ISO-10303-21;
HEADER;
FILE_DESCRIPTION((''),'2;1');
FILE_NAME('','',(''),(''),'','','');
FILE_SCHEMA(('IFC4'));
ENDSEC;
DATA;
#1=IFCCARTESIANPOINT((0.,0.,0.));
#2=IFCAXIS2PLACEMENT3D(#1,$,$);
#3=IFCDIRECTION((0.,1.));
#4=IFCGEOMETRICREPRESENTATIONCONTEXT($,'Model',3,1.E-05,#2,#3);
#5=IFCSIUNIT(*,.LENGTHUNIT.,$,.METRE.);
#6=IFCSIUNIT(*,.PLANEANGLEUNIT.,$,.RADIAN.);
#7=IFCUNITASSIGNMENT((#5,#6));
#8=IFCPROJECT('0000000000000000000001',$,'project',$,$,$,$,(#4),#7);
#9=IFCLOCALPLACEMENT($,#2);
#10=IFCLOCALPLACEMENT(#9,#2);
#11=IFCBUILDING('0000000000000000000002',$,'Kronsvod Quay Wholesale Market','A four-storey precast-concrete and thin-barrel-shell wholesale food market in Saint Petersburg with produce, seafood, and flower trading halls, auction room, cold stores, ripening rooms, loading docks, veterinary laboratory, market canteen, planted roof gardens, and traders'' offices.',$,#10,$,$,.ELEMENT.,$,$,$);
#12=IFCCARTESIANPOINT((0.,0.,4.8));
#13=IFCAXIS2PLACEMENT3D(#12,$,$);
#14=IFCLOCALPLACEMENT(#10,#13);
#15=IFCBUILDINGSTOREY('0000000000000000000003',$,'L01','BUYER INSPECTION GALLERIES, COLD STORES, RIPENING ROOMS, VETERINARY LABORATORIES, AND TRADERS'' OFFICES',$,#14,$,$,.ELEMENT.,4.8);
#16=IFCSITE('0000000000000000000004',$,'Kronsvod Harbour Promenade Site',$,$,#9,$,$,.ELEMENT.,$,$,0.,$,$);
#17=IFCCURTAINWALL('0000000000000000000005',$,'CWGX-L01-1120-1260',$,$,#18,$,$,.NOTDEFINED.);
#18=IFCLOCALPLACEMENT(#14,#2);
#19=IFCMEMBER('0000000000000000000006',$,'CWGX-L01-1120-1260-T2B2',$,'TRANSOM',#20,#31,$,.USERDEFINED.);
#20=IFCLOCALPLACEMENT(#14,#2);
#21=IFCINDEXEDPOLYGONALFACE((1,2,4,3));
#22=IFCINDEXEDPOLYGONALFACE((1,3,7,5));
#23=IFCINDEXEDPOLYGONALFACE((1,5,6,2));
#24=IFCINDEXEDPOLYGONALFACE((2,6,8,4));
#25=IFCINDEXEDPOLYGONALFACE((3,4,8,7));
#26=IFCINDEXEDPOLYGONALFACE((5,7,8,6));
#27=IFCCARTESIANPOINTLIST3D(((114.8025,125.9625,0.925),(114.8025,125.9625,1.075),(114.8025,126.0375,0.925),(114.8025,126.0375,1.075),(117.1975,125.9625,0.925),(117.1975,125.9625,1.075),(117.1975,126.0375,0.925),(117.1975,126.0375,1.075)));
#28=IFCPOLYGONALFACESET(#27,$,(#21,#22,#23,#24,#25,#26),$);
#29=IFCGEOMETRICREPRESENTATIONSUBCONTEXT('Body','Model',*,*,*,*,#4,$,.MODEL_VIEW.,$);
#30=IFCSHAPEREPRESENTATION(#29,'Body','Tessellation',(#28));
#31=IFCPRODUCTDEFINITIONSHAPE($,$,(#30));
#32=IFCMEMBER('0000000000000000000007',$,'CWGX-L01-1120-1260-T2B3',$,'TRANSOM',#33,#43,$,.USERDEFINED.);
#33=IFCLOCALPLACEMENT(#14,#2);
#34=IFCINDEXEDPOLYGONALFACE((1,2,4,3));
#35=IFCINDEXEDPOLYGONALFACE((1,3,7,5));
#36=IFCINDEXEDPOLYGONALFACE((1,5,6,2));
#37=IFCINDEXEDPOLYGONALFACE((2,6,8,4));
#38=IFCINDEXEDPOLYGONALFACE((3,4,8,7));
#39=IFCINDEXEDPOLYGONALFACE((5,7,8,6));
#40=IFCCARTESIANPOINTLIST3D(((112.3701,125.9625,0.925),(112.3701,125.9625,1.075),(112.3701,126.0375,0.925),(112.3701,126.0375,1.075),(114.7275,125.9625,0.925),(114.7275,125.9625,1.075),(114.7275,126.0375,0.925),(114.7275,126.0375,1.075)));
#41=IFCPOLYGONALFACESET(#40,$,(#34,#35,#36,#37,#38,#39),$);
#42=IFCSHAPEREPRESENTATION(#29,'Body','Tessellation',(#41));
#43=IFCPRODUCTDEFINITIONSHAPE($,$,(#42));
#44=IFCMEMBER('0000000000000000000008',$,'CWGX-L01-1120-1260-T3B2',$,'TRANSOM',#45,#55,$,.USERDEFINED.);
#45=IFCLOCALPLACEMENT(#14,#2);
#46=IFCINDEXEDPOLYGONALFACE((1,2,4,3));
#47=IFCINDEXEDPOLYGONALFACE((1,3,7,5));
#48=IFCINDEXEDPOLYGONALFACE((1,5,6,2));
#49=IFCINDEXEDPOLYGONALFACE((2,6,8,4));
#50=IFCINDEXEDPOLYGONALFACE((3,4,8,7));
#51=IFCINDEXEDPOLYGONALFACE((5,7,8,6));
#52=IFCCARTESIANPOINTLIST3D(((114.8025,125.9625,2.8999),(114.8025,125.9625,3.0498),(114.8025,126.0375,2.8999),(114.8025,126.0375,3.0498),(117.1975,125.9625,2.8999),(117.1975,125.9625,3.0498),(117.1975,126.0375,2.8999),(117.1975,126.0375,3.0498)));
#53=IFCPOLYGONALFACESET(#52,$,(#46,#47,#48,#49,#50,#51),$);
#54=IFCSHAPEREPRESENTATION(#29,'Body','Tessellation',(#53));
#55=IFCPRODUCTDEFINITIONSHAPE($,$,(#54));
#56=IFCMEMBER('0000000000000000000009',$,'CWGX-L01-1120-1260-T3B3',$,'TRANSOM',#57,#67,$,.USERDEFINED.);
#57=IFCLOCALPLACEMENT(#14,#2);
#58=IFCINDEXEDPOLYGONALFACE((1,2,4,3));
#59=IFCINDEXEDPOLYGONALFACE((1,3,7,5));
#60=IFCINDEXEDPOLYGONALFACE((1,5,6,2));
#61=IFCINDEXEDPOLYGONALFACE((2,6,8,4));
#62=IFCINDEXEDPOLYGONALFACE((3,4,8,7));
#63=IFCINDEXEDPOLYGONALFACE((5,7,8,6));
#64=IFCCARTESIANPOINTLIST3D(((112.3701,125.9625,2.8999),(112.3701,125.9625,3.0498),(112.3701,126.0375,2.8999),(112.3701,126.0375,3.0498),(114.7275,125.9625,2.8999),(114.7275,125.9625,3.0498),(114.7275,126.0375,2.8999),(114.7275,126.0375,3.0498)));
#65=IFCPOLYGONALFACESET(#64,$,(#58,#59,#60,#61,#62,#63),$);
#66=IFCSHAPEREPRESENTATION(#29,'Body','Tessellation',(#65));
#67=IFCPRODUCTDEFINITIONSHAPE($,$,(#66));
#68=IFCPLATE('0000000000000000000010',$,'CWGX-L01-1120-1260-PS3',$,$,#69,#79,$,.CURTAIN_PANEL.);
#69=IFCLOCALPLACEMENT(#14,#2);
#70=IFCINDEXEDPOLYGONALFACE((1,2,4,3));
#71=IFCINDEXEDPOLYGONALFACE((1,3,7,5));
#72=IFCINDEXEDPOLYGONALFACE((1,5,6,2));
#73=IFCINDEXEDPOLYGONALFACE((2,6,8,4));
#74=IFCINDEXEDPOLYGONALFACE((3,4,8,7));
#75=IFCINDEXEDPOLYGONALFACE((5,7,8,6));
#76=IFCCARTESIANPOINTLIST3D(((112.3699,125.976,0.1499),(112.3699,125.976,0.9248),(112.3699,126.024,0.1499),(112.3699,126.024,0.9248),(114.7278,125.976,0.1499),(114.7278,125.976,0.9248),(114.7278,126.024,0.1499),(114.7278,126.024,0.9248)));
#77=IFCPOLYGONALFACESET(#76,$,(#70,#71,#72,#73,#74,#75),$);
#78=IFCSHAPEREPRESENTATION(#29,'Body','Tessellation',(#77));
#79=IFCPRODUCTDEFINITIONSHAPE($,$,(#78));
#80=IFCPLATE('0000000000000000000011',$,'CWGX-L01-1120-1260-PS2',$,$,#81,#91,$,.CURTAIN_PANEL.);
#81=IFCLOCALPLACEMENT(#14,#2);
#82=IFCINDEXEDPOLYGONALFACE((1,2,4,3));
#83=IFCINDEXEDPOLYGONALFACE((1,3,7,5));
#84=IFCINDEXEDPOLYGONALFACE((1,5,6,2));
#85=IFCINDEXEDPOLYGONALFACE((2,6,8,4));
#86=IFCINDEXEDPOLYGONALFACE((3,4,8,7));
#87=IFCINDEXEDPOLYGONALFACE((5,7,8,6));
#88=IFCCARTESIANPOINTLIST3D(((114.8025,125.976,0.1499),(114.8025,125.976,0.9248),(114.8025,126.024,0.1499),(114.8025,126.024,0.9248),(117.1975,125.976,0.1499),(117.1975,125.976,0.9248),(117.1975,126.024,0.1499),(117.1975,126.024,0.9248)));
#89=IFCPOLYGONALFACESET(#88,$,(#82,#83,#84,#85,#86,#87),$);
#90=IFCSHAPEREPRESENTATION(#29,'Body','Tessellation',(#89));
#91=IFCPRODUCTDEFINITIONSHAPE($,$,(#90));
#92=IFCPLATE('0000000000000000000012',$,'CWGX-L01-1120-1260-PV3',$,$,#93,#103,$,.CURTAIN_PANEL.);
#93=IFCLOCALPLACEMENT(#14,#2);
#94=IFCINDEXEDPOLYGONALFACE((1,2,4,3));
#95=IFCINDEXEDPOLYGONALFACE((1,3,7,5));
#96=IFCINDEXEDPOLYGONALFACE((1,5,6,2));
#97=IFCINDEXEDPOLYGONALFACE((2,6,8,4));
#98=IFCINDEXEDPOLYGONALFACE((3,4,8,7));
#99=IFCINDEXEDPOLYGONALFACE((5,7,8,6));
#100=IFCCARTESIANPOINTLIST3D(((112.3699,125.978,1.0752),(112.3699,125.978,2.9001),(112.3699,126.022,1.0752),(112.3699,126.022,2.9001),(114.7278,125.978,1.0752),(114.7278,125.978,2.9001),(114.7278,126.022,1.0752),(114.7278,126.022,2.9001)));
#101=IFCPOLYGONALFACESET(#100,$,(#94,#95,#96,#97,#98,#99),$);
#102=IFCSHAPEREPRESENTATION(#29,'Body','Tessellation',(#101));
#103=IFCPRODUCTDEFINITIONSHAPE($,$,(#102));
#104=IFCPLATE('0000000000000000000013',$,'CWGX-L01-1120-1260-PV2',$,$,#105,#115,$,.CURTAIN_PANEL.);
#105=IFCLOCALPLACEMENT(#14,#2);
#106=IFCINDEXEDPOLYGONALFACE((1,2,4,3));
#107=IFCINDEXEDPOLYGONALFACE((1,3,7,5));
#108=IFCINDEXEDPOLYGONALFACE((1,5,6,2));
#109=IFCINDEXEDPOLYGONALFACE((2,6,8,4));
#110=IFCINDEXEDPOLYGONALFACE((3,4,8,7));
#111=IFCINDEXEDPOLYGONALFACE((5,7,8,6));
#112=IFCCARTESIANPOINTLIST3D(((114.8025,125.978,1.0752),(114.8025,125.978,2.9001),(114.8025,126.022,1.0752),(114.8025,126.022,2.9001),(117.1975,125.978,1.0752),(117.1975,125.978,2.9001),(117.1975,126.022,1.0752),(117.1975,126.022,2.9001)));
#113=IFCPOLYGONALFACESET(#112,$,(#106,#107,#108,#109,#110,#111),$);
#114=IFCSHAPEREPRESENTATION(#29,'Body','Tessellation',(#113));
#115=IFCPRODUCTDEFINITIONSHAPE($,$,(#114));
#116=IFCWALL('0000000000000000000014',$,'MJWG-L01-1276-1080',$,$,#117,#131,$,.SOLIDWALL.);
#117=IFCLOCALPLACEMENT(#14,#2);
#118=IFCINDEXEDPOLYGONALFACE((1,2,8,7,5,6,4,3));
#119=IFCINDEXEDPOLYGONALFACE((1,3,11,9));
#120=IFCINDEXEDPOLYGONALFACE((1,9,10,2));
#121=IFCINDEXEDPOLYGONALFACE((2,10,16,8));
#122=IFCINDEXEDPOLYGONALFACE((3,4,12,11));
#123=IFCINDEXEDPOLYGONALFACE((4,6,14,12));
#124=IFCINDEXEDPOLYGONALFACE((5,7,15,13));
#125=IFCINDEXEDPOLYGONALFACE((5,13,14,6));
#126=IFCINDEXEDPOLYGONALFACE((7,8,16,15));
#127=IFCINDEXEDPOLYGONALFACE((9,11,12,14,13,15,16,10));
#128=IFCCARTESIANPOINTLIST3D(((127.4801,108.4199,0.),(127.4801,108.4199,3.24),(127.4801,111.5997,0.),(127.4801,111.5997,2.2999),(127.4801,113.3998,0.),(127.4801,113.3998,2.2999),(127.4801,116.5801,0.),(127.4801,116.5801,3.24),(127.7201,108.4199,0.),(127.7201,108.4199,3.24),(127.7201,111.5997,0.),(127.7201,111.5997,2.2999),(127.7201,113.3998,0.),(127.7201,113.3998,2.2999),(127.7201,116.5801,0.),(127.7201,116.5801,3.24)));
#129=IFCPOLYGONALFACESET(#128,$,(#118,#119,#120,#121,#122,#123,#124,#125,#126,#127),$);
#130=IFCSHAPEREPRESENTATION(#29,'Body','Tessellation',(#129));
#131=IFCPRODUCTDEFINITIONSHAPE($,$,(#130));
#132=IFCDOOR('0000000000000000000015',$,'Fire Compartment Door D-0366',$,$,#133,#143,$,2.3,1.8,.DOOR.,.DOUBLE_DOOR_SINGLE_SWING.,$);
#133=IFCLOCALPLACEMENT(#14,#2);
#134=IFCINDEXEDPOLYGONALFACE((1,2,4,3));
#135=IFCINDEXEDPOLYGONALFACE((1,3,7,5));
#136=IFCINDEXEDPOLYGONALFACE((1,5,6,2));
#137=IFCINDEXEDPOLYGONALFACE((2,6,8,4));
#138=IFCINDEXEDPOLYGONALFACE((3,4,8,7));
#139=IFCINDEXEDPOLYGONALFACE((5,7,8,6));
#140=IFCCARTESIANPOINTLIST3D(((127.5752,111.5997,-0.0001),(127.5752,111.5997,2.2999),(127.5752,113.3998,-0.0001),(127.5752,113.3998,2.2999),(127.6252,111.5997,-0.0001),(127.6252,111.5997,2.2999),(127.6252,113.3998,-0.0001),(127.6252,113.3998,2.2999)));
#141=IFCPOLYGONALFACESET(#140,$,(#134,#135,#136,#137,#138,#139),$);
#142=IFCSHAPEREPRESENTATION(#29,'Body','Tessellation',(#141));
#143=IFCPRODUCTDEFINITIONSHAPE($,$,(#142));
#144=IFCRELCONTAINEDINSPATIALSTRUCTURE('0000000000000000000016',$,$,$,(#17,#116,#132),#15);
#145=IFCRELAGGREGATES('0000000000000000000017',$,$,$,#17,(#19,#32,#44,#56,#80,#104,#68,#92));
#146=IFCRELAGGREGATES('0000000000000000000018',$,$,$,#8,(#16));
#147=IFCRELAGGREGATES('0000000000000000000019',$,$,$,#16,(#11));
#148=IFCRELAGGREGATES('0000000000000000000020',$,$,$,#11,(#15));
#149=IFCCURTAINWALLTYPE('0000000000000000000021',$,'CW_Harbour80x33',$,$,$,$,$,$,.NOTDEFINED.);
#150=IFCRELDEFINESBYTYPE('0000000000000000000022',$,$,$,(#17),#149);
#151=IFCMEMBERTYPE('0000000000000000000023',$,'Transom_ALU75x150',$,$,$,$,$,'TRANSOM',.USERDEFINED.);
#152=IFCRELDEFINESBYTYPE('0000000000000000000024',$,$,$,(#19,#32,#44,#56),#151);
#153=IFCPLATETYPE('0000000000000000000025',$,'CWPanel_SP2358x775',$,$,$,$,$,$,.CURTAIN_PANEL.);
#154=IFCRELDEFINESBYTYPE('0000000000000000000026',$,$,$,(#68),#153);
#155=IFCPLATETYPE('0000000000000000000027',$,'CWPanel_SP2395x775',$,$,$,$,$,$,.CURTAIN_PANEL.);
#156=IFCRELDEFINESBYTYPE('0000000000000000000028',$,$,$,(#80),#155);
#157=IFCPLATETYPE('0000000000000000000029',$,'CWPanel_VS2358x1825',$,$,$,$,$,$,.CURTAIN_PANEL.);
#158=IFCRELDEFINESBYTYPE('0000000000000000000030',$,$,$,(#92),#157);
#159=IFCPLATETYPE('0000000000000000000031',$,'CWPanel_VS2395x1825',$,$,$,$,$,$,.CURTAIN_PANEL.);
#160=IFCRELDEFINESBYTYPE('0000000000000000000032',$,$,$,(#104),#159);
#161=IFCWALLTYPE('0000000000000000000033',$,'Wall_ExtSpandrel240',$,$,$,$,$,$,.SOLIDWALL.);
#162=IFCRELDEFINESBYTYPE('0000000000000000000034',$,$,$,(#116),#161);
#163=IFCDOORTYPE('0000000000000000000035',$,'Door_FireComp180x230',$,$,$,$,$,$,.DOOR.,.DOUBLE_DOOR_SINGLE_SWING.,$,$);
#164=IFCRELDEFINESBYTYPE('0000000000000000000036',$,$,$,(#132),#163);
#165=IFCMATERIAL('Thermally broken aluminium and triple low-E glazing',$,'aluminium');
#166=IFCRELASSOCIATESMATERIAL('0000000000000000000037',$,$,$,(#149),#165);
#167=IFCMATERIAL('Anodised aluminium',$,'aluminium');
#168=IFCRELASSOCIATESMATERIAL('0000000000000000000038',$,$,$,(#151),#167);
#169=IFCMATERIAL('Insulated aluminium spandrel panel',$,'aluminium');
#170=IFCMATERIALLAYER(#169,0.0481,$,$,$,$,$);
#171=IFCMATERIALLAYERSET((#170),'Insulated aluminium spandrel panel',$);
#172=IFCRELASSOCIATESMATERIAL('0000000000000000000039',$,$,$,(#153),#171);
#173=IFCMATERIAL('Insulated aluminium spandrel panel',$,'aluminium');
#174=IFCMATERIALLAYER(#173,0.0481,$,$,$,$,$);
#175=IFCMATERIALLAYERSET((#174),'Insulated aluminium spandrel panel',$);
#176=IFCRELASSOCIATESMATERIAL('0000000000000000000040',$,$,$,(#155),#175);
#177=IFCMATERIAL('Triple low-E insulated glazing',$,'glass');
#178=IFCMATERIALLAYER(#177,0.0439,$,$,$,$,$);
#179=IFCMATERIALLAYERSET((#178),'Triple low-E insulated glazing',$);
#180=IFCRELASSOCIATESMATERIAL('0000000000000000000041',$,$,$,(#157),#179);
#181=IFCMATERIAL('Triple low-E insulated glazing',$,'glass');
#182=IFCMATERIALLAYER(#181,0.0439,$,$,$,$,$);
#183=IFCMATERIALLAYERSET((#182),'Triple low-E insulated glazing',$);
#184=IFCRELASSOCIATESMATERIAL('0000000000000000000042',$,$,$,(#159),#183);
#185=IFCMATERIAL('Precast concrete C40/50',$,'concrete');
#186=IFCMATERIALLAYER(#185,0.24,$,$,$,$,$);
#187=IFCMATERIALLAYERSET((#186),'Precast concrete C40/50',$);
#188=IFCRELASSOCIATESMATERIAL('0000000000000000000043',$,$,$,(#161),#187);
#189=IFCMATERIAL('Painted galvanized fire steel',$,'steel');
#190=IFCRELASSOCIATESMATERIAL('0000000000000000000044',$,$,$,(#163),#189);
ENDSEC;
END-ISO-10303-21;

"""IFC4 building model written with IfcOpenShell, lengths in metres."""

from ifc_helpers import new_model, si_unit, direction, frame, frame_2d, origin, origin_2d, place, context, subcontext, project, spatial, rectangle, extrude, material, layer, layer_set, material_profile, profile_set, type_object, element, fill, aggregate, save


model = new_model("IFC4")

# Units and contexts
model_context = context("Model", 3, precision=1e-05, world=origin(), true_north=direction((0.0, 1.0)))
body_context = subcontext(model_context, "Body", "Model", "MODEL_VIEW")
ifc_project = project(units=[si_unit("LENGTHUNIT", "METRE"), si_unit("PLANEANGLEUNIT", "RADIAN")], contexts=[model_context])

# Site, building, storey
site_placement = place(None, origin())
site = spatial("IfcSite", under=ifc_project, at=site_placement, Name="Kronsvod Harbour Promenade Site", CompositionType="ELEMENT", RefElevation=0.0)
building_placement = place(site_placement, origin())
building = spatial("IfcBuilding", under=site, at=building_placement, Name="Kronsvod Quay Wholesale Market", Description="A four-storey precast-concrete and thin-barrel-shell wholesale food market in Saint Petersburg with produce, seafood, and flower trading halls, auction room, cold stores, ripening rooms, loading docks, veterinary laboratory, market canteen, planted roof gardens, and traders' offices.", CompositionType="ELEMENT")
storey_placement = place(building_placement, frame((0.0, 0.0, 4.8)))
storey = spatial("IfcBuildingStorey", under=building, at=storey_placement, Name="L01", Description="BUYER INSPECTION GALLERIES, COLD STORES, RIPENING ROOMS, VETERINARY LABORATORIES, AND TRADERS' OFFICES", CompositionType="ELEMENT", Elevation=4.8)

# Curtain wall, members, plates
ifc_material_1 = material(Name="Thermally broken aluminium and triple low-E glazing", Category="aluminium")
curtain_wall_type = type_object("IfcCurtainWallType", Name="CW_Harbour80x33", PredefinedType="NOTDEFINED", material=ifc_material_1)
curtain_wall_placement = place(storey_placement, origin())
curtain_wall = element("IfcCurtainWall", 1, at=curtain_wall_placement, inside=storey, type_object=curtain_wall_type, Name="CWGX-L01-1120-1260", PredefinedType="NOTDEFINED")
ifc_material_2 = material(Name="Anodised aluminium", Category="aluminium")
ifc_material_profile_1 = material_profile(ifc_material_2, rectangle(XDim=0.075, YDim=0.1499, at=origin_2d()), Name="ALUT75x150")
ifc_profile_set_1 = profile_set([ifc_material_profile_1], Name="Anodised aluminium")
member_type_1 = type_object("IfcMemberType", Name="Transom_ALU75x150", ElementType="TRANSOM", PredefinedType="USERDEFINED", material=ifc_profile_set_1)
member_1_placement = place(storey_placement, frame((117.1975, 126.0, 1.0), z_axis=(-1.0, 0.0, 0.0), x_axis=(0.0, -1.0, 0.0)))
member_1 = element("IfcMember", 2, at=member_1_placement, type_object=member_type_1, Name="CWGX-L01-1120-1260-T2B2", ObjectType="TRANSOM", PredefinedType="USERDEFINED", context=body_context, shape_type="SweptSolid", body=[
    extrude(rectangle(XDim=0.075, YDim=0.1499, at=origin_2d()), origin(), (0.0, 0.0, 1.0), 2.395),
])
member_2_placement = place(storey_placement, frame((114.7275, 126.0, 1.0), z_axis=(-1.0, 0.0, 0.0), x_axis=(0.0, -1.0, 0.0)))
member_2 = element("IfcMember", 3, at=member_2_placement, type_object=member_type_1, Name="CWGX-L01-1120-1260-T2B3", ObjectType="TRANSOM", PredefinedType="USERDEFINED", context=body_context, shape_type="SweptSolid", body=[
    extrude(rectangle(XDim=0.075, YDim=0.1499, at=origin_2d()), origin(), (0.0, 0.0, 1.0), 2.3574),
])
member_3_placement = place(storey_placement, frame((117.1975, 126.0, 2.9749), z_axis=(-1.0, 0.0, 0.0), x_axis=(0.0, -1.0, 0.0)))
member_3 = element("IfcMember", 4, at=member_3_placement, type_object=member_type_1, Name="CWGX-L01-1120-1260-T3B2", ObjectType="TRANSOM", PredefinedType="USERDEFINED", context=body_context, shape_type="SweptSolid", body=[
    extrude(rectangle(XDim=0.075, YDim=0.1499, at=origin_2d()), origin(), (0.0, 0.0, 1.0), 2.395),
])
member_4_placement = place(storey_placement, frame((114.7275, 126.0, 2.9749), z_axis=(-1.0, 0.0, 0.0), x_axis=(0.0, -1.0, 0.0)))
member_4 = element("IfcMember", 5, at=member_4_placement, type_object=member_type_1, Name="CWGX-L01-1120-1260-T3B3", ObjectType="TRANSOM", PredefinedType="USERDEFINED", context=body_context, shape_type="SweptSolid", body=[
    extrude(rectangle(XDim=0.075, YDim=0.1499, at=origin_2d()), origin(), (0.0, 0.0, 1.0), 2.3574),
])
ifc_material_3 = material(Name="Insulated aluminium spandrel panel", Category="aluminium")
ifc_layer_1 = layer(ifc_material_3, 0.0481)
ifc_layer_set_1 = layer_set([ifc_layer_1], Name="Insulated aluminium spandrel panel")
plate_type_1 = type_object("IfcPlateType", Name="CWPanel_SP2358x775", PredefinedType="CURTAIN_PANEL", material=ifc_layer_set_1)
plate_1_placement = place(storey_placement, frame((113.5488, 126.0, 0.1499), z_axis=(0.0, 0.0, 1.0), x_axis=(-1.0, 0.0, 0.0)))
plate_1 = element("IfcPlate", 6, at=plate_1_placement, type_object=plate_type_1, Name="CWGX-L01-1120-1260-PS3", PredefinedType="CURTAIN_PANEL", context=body_context, shape_type="SweptSolid", body=[
    extrude(rectangle(XDim=2.3579, YDim=0.0481, at=origin_2d()), origin(), (0.0, 0.0, 1.0), 0.7749),
])
ifc_material_4 = material(Name="Insulated aluminium spandrel panel", Category="aluminium")
ifc_layer_2 = layer(ifc_material_4, 0.0481)
ifc_layer_set_2 = layer_set([ifc_layer_2], Name="Insulated aluminium spandrel panel")
plate_type_2 = type_object("IfcPlateType", Name="CWPanel_SP2395x775", PredefinedType="CURTAIN_PANEL", material=ifc_layer_set_2)
plate_2_placement = place(storey_placement, frame((116.0, 126.0, 0.1499), z_axis=(0.0, 0.0, 1.0), x_axis=(-1.0, 0.0, 0.0)))
plate_2 = element("IfcPlate", 7, at=plate_2_placement, type_object=plate_type_2, Name="CWGX-L01-1120-1260-PS2", PredefinedType="CURTAIN_PANEL", context=body_context, shape_type="SweptSolid", body=[
    extrude(rectangle(XDim=2.395, YDim=0.0481, at=origin_2d()), origin(), (0.0, 0.0, 1.0), 0.7749),
])
ifc_material_5 = material(Name="Triple low-E insulated glazing", Category="glass")
ifc_layer_3 = layer(ifc_material_5, 0.0439)
ifc_layer_set_3 = layer_set([ifc_layer_3], Name="Triple low-E insulated glazing")
plate_type_3 = type_object("IfcPlateType", Name="CWPanel_VS2358x1825", PredefinedType="CURTAIN_PANEL", material=ifc_layer_set_3)
plate_3_placement = place(storey_placement, frame((113.5488, 126.0, 1.0752), z_axis=(0.0, 0.0, 1.0), x_axis=(-1.0, 0.0, 0.0)))
plate_3 = element("IfcPlate", 8, at=plate_3_placement, type_object=plate_type_3, Name="CWGX-L01-1120-1260-PV3", PredefinedType="CURTAIN_PANEL", context=body_context, shape_type="SweptSolid", body=[
    extrude(rectangle(XDim=2.3579, YDim=0.0439, at=origin_2d()), origin(), (0.0, 0.0, 1.0), 1.825),
])
ifc_material_6 = material(Name="Triple low-E insulated glazing", Category="glass")
ifc_layer_4 = layer(ifc_material_6, 0.0439)
ifc_layer_set_4 = layer_set([ifc_layer_4], Name="Triple low-E insulated glazing")
plate_type_4 = type_object("IfcPlateType", Name="CWPanel_VS2395x1825", PredefinedType="CURTAIN_PANEL", material=ifc_layer_set_4)
plate_4_placement = place(storey_placement, frame((116.0, 126.0, 1.0752), z_axis=(0.0, 0.0, 1.0), x_axis=(-1.0, 0.0, 0.0)))
plate_4 = element("IfcPlate", 9, at=plate_4_placement, type_object=plate_type_4, Name="CWGX-L01-1120-1260-PV2", PredefinedType="CURTAIN_PANEL", context=body_context, shape_type="SweptSolid", body=[
    extrude(rectangle(XDim=2.395, YDim=0.0439, at=origin_2d()), origin(), (0.0, 0.0, 1.0), 1.825),
])
aggregate(curtain_wall, [member_1, member_2, member_3, member_4, plate_2, plate_4, plate_1, plate_3])

# Wall, opening, door
ifc_material_7 = material(Name="Precast concrete C40/50", Category="concrete")
ifc_layer_5 = layer(ifc_material_7, 0.24)
ifc_layer_set_5 = layer_set([ifc_layer_5], Name="Precast concrete C40/50")
wall_type = type_object("IfcWallType", Name="Wall_ExtSpandrel240", PredefinedType="SOLIDWALL", material=ifc_layer_set_5)
wall_placement = place(storey_placement, frame((127.6001, 108.4199, 0.0), z_axis=(0.0, 0.0, 1.0), x_axis=(0.0, 1.0, 0.0)))
wall = element("IfcWall", 10, at=wall_placement, inside=storey, type_object=wall_type, Name="MJWG-L01-1276-1080", PredefinedType="SOLIDWALL", context=body_context, shape_type="SweptSolid", body=[
    extrude(rectangle(XDim=8.1602, YDim=0.24, at=frame_2d((4.0801, 0.0))), origin(), (0.0, 0.0, 1.0), 3.24),
])
opening_placement = place(wall_placement, frame((3.1799, 0.0, 0.0)))
opening = element("IfcOpeningElement", 11, at=opening_placement, cuts=wall, PredefinedType="OPENING", context=body_context, shape_type="SweptSolid", body=[
    extrude(rectangle(XDim=1.8, YDim=2.3, at=frame_2d((0.8999, 1.1499))), frame((0.0, 0.1299, 0.0), z_axis=(0.0, -1.0, 0.0), x_axis=(1.0, 0.0, 0.0)), (0.0, 0.0, 1.0), 0.26),
])
ifc_material_8 = material(Name="Painted galvanized fire steel", Category="steel")
door_type = type_object("IfcDoorType", Name="Door_FireComp180x230", OperationType="DOUBLE_DOOR_SINGLE_SWING", PredefinedType="DOOR", material=ifc_material_8)
door_placement = place(opening_placement, origin())
door = element("IfcDoor", 12, at=door_placement, inside=storey, type_object=door_type, Name="Fire Compartment Door D-0366", OperationType="DOUBLE_DOOR_SINGLE_SWING", OverallHeight=2.3, OverallWidth=1.8, PredefinedType="DOOR", context=body_context, shape_type="SweptSolid", body=[
    extrude(rectangle(XDim=1.8, YDim=2.3, at=frame_2d((0.8999, 1.1499))), frame((0.0, 0.0249, 0.0), z_axis=(0.0, -1.0, 0.0), x_axis=(1.0, 0.0, 0.0)), (0.0, 0.0, 1.0), 0.05),
])
fill(opening, door)

save(model, "model.ifc")
